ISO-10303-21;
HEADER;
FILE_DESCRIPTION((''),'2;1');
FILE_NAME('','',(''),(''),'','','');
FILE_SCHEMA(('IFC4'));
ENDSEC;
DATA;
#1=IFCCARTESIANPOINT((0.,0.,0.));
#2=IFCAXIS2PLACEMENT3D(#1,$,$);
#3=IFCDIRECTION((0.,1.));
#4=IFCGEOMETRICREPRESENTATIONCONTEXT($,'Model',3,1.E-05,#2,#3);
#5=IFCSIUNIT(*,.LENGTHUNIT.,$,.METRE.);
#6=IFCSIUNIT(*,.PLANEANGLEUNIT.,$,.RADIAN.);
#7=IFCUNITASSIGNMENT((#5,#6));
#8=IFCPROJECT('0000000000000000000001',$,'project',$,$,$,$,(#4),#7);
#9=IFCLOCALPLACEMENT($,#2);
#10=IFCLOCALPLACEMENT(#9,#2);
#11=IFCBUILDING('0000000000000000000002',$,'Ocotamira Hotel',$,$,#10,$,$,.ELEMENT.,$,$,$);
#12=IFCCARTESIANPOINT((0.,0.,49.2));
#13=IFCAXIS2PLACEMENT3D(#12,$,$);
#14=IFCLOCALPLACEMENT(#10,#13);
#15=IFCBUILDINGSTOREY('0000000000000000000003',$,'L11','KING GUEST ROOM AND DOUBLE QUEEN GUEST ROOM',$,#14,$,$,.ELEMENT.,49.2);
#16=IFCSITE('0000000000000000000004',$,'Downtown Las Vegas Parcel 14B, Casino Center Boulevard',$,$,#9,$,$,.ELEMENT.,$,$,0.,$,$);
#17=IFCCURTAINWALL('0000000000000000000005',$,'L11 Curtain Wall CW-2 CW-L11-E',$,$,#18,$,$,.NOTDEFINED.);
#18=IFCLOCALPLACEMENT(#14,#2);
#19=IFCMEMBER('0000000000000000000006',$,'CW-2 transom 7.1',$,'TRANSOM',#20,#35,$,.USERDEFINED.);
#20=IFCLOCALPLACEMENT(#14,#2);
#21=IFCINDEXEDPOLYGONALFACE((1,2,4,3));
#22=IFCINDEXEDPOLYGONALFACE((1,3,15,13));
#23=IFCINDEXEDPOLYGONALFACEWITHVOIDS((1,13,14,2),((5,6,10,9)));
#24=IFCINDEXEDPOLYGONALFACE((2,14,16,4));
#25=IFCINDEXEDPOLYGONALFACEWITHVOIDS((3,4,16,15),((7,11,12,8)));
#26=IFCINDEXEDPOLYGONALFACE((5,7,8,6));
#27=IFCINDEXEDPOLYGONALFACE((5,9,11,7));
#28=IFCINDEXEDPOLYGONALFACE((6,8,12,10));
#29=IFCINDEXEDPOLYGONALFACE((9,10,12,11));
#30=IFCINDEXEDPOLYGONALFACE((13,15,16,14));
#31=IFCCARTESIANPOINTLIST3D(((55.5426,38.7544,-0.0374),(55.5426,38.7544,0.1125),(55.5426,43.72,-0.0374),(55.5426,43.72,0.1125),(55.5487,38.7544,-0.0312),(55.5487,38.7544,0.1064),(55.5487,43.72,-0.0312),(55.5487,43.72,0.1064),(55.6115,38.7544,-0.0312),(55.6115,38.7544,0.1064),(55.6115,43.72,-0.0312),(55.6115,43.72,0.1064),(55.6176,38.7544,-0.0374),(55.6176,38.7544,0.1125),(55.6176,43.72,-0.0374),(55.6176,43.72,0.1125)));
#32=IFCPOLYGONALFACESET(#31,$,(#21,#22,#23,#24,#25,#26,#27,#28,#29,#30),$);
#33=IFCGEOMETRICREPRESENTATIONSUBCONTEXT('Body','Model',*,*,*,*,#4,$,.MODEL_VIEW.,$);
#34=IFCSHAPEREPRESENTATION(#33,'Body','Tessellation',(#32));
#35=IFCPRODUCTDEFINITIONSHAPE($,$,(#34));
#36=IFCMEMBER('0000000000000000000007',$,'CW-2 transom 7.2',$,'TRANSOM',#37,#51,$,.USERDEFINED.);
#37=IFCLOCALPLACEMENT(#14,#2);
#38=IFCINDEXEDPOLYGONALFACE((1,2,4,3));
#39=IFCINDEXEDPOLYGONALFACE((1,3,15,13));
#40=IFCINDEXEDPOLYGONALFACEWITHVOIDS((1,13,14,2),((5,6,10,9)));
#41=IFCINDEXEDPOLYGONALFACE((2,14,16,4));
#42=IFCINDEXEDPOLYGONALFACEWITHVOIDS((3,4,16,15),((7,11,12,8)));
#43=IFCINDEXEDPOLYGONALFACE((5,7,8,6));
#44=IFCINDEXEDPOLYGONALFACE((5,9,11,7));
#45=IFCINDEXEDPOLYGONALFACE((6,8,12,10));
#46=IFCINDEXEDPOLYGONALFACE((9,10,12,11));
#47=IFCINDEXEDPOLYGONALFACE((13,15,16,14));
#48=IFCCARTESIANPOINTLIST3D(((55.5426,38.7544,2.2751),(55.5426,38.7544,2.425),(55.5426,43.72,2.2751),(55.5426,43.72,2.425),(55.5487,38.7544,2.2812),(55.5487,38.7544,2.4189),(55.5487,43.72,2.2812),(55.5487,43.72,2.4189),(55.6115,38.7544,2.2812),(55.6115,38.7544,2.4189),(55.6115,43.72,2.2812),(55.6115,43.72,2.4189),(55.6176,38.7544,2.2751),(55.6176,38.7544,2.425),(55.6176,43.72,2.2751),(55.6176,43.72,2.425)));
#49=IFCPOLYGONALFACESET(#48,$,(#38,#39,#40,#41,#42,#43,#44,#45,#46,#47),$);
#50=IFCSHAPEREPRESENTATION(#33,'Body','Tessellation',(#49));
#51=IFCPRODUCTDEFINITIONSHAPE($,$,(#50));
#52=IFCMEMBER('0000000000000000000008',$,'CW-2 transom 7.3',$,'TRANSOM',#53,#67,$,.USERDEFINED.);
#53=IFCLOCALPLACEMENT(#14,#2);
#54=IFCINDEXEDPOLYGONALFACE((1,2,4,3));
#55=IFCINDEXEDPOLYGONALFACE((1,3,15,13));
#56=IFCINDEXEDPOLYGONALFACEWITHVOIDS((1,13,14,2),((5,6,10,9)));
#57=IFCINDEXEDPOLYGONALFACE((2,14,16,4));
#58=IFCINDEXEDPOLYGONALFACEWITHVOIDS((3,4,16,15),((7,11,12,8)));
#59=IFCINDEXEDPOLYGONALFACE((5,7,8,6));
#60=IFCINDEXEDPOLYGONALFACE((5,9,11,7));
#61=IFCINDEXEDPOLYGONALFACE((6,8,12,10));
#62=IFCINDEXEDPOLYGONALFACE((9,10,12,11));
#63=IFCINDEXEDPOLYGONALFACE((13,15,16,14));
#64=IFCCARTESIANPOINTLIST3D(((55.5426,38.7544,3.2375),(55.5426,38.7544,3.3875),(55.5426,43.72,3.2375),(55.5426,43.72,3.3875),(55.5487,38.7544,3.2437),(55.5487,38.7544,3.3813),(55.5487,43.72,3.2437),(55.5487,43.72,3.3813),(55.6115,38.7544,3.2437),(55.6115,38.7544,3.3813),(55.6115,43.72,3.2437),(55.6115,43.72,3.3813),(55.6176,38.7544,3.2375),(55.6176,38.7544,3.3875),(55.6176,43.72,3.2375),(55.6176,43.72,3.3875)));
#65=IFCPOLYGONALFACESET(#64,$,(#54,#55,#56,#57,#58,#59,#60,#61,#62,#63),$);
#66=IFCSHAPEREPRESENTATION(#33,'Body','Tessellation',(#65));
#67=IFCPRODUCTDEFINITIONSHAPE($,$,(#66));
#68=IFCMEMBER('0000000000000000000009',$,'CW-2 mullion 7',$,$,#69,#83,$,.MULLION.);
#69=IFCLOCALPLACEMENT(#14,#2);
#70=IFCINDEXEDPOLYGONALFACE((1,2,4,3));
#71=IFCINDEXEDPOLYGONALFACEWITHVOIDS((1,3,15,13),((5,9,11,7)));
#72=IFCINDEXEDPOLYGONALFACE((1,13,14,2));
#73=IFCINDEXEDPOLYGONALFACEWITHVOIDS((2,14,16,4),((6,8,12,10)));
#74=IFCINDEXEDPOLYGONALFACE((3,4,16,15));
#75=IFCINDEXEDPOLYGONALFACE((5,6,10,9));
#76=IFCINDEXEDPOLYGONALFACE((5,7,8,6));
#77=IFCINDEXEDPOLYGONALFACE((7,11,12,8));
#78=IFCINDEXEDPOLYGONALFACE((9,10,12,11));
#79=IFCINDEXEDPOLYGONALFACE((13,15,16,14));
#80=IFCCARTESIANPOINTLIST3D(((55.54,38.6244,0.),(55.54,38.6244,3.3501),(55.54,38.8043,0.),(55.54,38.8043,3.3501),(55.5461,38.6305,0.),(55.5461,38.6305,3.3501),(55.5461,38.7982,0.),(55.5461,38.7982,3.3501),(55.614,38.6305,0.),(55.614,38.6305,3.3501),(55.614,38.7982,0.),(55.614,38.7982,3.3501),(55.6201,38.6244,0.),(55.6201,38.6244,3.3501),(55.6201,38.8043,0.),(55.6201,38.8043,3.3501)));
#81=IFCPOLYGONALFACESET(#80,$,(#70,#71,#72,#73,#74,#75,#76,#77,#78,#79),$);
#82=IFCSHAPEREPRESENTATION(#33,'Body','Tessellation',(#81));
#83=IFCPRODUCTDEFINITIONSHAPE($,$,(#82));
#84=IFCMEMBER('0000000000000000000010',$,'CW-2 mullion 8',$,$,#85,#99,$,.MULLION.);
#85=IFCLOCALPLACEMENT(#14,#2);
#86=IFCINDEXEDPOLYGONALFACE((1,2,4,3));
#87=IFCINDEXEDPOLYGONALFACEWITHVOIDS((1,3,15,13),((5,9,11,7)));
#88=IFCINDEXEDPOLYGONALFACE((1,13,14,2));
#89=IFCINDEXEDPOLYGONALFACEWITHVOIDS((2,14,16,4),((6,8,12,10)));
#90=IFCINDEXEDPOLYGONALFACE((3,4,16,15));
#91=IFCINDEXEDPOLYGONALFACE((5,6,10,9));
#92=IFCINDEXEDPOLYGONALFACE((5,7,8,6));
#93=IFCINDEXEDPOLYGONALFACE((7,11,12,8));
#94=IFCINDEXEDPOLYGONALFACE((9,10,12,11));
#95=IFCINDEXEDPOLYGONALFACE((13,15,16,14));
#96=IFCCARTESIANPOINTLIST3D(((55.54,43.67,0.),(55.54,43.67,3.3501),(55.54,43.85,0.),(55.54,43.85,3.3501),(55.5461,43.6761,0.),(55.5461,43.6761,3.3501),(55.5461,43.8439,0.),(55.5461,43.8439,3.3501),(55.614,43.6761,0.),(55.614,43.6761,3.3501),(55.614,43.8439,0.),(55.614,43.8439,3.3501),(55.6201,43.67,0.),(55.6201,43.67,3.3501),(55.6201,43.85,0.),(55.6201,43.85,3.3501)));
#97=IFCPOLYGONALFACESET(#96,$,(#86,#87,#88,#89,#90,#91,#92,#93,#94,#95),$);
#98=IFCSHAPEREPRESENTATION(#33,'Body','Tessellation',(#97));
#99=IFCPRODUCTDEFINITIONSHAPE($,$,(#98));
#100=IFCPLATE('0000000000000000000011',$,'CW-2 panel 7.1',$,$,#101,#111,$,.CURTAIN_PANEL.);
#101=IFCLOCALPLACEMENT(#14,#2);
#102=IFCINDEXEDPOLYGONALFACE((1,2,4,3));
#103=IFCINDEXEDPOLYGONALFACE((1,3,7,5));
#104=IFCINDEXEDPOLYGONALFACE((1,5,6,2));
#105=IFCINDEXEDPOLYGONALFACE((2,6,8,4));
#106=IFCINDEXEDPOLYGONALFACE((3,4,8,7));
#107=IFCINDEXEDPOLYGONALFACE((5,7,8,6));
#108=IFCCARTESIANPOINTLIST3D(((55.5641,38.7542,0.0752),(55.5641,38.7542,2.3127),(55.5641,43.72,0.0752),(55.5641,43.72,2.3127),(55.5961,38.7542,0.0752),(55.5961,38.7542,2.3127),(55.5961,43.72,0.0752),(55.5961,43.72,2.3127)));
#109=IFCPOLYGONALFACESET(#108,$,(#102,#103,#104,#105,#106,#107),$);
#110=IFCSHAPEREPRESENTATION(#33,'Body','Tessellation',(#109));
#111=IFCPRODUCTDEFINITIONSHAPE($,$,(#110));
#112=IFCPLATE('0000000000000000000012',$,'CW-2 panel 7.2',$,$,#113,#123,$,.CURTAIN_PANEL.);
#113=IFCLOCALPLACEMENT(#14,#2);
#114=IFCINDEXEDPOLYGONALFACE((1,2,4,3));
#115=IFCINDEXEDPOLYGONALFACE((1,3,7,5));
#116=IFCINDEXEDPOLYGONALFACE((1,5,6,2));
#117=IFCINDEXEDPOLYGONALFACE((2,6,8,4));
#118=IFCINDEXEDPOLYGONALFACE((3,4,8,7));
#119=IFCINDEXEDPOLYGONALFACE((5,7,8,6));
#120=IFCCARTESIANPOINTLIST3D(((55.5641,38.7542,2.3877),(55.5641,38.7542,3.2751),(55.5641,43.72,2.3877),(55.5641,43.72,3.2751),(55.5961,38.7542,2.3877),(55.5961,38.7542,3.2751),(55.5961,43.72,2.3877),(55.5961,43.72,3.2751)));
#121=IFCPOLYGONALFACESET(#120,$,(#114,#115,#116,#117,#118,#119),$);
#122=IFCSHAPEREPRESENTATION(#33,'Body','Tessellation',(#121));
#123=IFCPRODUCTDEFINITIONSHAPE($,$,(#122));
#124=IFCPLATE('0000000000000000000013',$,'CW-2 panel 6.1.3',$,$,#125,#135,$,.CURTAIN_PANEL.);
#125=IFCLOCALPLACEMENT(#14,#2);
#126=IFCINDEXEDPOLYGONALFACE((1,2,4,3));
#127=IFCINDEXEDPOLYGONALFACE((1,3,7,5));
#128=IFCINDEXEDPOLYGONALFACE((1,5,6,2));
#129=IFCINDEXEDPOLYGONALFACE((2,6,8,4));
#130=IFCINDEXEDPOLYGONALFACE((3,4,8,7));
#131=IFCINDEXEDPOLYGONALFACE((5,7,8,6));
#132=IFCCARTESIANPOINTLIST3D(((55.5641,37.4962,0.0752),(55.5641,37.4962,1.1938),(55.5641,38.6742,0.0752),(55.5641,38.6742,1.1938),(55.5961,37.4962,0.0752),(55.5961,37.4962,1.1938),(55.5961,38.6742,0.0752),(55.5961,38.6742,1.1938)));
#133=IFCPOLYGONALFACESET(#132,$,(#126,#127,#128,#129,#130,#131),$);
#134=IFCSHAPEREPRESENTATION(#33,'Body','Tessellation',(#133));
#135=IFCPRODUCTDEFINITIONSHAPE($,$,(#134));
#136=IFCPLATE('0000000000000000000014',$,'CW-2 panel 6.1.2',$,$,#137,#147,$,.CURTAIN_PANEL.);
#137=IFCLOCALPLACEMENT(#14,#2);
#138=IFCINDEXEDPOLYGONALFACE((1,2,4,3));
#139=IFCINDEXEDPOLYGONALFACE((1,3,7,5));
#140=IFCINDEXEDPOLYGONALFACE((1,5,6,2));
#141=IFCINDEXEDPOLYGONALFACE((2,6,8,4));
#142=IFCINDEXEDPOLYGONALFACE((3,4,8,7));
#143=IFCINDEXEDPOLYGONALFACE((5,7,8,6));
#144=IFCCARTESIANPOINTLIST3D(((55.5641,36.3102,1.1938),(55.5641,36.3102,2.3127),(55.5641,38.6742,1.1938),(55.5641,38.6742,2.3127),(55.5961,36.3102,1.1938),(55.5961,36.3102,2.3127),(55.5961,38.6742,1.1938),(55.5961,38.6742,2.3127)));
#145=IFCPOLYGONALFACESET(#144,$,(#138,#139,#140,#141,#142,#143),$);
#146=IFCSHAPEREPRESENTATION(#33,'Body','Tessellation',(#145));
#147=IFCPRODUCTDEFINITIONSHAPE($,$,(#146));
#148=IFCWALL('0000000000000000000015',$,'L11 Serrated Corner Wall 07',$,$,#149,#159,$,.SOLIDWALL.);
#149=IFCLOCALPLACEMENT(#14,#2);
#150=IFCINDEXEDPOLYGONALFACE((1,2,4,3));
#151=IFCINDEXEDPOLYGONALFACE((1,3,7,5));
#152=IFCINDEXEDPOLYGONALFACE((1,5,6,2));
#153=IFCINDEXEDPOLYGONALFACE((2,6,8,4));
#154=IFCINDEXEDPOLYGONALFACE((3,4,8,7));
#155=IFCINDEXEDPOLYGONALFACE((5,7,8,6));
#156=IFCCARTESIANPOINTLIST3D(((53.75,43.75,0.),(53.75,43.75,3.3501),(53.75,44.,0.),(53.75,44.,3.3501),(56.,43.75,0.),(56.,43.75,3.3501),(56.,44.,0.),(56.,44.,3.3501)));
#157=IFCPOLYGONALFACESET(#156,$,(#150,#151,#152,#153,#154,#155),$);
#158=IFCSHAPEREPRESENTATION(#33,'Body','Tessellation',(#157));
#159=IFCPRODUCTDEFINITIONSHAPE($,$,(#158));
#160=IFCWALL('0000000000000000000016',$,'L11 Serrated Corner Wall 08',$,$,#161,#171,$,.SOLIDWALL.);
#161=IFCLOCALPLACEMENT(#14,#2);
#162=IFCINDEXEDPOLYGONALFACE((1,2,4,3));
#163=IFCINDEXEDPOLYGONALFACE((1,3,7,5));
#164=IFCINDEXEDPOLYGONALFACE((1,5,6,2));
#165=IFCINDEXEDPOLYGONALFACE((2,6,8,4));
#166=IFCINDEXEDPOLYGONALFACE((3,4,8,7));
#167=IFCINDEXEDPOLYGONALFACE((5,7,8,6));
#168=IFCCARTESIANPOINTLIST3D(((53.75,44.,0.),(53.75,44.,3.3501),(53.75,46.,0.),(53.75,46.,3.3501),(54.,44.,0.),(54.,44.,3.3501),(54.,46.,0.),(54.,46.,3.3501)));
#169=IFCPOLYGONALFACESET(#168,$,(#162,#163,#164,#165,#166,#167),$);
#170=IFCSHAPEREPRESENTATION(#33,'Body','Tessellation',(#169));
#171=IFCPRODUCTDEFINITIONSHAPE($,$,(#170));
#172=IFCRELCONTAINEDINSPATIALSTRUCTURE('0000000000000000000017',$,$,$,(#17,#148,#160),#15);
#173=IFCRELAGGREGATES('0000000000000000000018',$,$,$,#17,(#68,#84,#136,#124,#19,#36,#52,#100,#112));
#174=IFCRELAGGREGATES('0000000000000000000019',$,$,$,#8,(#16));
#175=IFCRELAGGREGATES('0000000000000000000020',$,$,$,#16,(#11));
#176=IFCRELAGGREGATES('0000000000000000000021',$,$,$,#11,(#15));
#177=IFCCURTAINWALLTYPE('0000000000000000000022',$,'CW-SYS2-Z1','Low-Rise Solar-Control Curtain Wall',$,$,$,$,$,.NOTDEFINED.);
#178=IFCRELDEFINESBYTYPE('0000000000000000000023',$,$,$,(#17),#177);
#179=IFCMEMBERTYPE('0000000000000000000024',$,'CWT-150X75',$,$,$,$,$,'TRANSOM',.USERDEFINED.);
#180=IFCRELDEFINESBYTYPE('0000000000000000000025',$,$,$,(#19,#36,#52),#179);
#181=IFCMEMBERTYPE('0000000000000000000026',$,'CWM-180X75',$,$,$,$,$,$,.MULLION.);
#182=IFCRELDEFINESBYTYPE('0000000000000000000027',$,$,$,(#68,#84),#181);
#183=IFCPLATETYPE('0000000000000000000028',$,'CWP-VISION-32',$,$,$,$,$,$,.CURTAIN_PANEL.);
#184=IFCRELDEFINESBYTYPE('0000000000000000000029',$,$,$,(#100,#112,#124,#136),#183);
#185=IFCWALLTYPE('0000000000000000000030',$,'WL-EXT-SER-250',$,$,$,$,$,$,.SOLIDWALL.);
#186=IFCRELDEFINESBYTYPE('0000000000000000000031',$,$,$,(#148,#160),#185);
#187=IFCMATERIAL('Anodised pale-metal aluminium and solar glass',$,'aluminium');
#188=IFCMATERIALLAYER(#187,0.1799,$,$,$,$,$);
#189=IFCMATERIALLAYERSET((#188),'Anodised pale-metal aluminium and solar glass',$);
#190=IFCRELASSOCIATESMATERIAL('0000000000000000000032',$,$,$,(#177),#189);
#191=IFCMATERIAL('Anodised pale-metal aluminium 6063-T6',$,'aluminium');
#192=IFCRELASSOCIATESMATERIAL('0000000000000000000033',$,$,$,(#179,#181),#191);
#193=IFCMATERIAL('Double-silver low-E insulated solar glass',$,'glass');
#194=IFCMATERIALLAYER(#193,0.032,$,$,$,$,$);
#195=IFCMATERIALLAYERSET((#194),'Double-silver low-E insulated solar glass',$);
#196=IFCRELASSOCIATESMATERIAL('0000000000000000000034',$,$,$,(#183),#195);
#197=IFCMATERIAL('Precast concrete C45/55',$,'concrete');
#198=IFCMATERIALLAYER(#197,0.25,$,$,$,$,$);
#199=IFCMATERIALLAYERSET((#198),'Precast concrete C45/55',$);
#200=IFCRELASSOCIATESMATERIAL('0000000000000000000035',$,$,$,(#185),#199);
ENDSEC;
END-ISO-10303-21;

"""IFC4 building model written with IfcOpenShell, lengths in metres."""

from ifc_helpers import new_model, si_unit, direction, frame, frame_2d, origin, origin_2d, place, context, subcontext, project, spatial, rectangle, hollow_rectangle, extrude, source, transform, mapped, material, layer, layer_set, material_profile, profile_set, type_object, element, aggregate, save


model = new_model("IFC4")

# Units and contexts
model_context = context("Model", 3, precision=1e-05, world=origin(), true_north=direction((0.0, 1.0)))
body_context = subcontext(model_context, "Body", "Model", "MODEL_VIEW")
ifc_project = project(units=[si_unit("LENGTHUNIT", "METRE"), si_unit("PLANEANGLEUNIT", "RADIAN")], contexts=[model_context])

# Site, building, storey
site_placement = place(None, origin())
site = spatial("IfcSite", under=ifc_project, at=site_placement, Name="Downtown Las Vegas Parcel 14B, Casino Center Boulevard", CompositionType="ELEMENT", RefElevation=0.0)
building_placement = place(site_placement, origin())
building = spatial("IfcBuilding", under=site, at=building_placement, Name="Ocotamira Hotel", CompositionType="ELEMENT")
storey_placement = place(building_placement, frame((0.0, 0.0, 49.2)))
storey = spatial("IfcBuildingStorey", under=building, at=storey_placement, Name="L11", Description="KING GUEST ROOM AND DOUBLE QUEEN GUEST ROOM", CompositionType="ELEMENT", Elevation=49.2)

# Curtain wall, members, plates
ifc_material_1 = material(Name="Anodised pale-metal aluminium and solar glass", Category="aluminium")
ifc_layer_1 = layer(ifc_material_1, 0.1799)
ifc_layer_set_1 = layer_set([ifc_layer_1], Name="Anodised pale-metal aluminium and solar glass")
curtain_wall_type = type_object("IfcCurtainWallType", Name="CW-SYS2-Z1", Description="Low-Rise Solar-Control Curtain Wall", PredefinedType="NOTDEFINED", material=ifc_layer_set_1)
curtain_wall_placement = place(storey_placement, origin())
curtain_wall = element("IfcCurtainWall", 1, at=curtain_wall_placement, inside=storey, type_object=curtain_wall_type, Name="L11 Curtain Wall CW-2 CW-L11-E", PredefinedType="NOTDEFINED")
ifc_material_2 = material(Name="Anodised pale-metal aluminium 6063-T6", Category="aluminium")
ifc_material_profile_1 = material_profile(ifc_material_2, hollow_rectangle(XDim=0.075, YDim=0.1499, WallThickness=0.0061, at=origin_2d()), Name="HSS150X75X6")
ifc_profile_set_1 = profile_set([ifc_material_profile_1], Name="Anodised pale-metal aluminium 6063-T6")
member_type_1 = type_object("IfcMemberType", Name="CWT-150X75", ElementType="TRANSOM", PredefinedType="USERDEFINED", material=ifc_profile_set_1)
shared_shape_1 = source(origin(), body_context, "Body", "SweptSolid", [
    extrude(hollow_rectangle(XDim=0.075, YDim=0.1499, WallThickness=0.0061, at=origin_2d()), origin(), (0.0, 0.0, 1.0), 4.9656),
])
member_1_placement = place(storey_placement, frame((55.5801, 38.7544, 0.0376), z_axis=(0.0, 1.0, 0.0), x_axis=(-1.0, 0.0, 0.0)))
member_1 = element("IfcMember", 2, at=member_1_placement, type_object=member_type_1, Name="CW-2 transom 7.1", ObjectType="TRANSOM", PredefinedType="USERDEFINED", context=body_context, shape_type="MappedRepresentation", body=[
    mapped(shared_shape_1, transform((0.0, 0.0, 0.0), scale=1.0)),
])
member_2_placement = place(storey_placement, frame((55.5801, 38.7544, 2.3501), z_axis=(0.0, 1.0, 0.0), x_axis=(-1.0, 0.0, 0.0)))
member_2 = element("IfcMember", 3, at=member_2_placement, type_object=member_type_1, Name="CW-2 transom 7.2", ObjectType="TRANSOM", PredefinedType="USERDEFINED", context=body_context, shape_type="MappedRepresentation", body=[
    mapped(shared_shape_1, transform((0.0, 0.0, 0.0), scale=1.0)),
])
member_3_placement = place(storey_placement, frame((55.5801, 38.7544, 3.3125), z_axis=(0.0, 1.0, 0.0), x_axis=(-1.0, 0.0, 0.0)))
member_3 = element("IfcMember", 4, at=member_3_placement, type_object=member_type_1, Name="CW-2 transom 7.3", ObjectType="TRANSOM", PredefinedType="USERDEFINED", context=body_context, shape_type="MappedRepresentation", body=[
    mapped(shared_shape_1, transform((0.0, 0.0, 0.0), scale=1.0)),
])
ifc_material_profile_2 = material_profile(ifc_material_2, hollow_rectangle(XDim=0.0801, YDim=0.1799, WallThickness=0.0061, at=origin_2d()), Name="HSS180X80X6")
ifc_profile_set_2 = profile_set([ifc_material_profile_2], Name="Anodised pale-metal aluminium 6063-T6")
member_type_2 = type_object("IfcMemberType", Name="CWM-180X75", PredefinedType="MULLION", material=ifc_profile_set_2)
shared_shape_2 = source(origin(), body_context, "Body", "SweptSolid", [
    extrude(hollow_rectangle(XDim=0.0801, YDim=0.1799, WallThickness=0.0061, at=origin_2d()), origin(), (0.0, 0.0, 1.0), 3.3501),
])
member_4_placement = place(storey_placement, frame((55.5801, 38.7144, 0.0), z_axis=(0.0, 0.0, 1.0), x_axis=(-1.0, 0.0, 0.0)))
member_4 = element("IfcMember", 5, at=member_4_placement, type_object=member_type_2, Name="CW-2 mullion 7", PredefinedType="MULLION", context=body_context, shape_type="MappedRepresentation", body=[
    mapped(shared_shape_2, transform((0.0, 0.0, 0.0), scale=1.0)),
])
member_5_placement = place(storey_placement, frame((55.5801, 43.76, 0.0), z_axis=(0.0, 0.0, 1.0), x_axis=(-1.0, 0.0, 0.0)))
member_5 = element("IfcMember", 6, at=member_5_placement, type_object=member_type_2, Name="CW-2 mullion 8", PredefinedType="MULLION", context=body_context, shape_type="MappedRepresentation", body=[
    mapped(shared_shape_2, transform((0.0, 0.0, 0.0), scale=1.0)),
])
ifc_material_3 = material(Name="Double-silver low-E insulated solar glass", Category="glass")
ifc_layer_2 = layer(ifc_material_3, 0.032)
ifc_layer_set_2 = layer_set([ifc_layer_2], Name="Double-silver low-E insulated solar glass")
plate_type = type_object("IfcPlateType", Name="CWP-VISION-32", PredefinedType="CURTAIN_PANEL", material=ifc_layer_set_2)
shared_shape_3 = source(origin(), body_context, "Body", "SweptSolid", [
    extrude(rectangle(XDim=4.9658, YDim=0.032, at=origin_2d()), origin(), (0.0, 0.0, 1.0), 2.2375),
])
plate_1_placement = place(storey_placement, frame((55.5801, 41.2371, 0.0752), z_axis=(0.0, 0.0, 1.0), x_axis=(0.0, 1.0, 0.0)))
plate_1 = element("IfcPlate", 7, at=plate_1_placement, type_object=plate_type, Name="CW-2 panel 7.1", PredefinedType="CURTAIN_PANEL", context=body_context, shape_type="MappedRepresentation", body=[
    mapped(shared_shape_3, transform((0.0, 0.0, 0.0), scale=1.0)),
])
shared_shape_4 = source(origin(), body_context, "Body", "SweptSolid", [
    extrude(rectangle(XDim=4.9658, YDim=0.032, at=origin_2d()), origin(), (0.0, 0.0, 1.0), 0.8875),
])
plate_2_placement = place(storey_placement, frame((55.5801, 41.2371, 2.3877), z_axis=(0.0, 0.0, 1.0), x_axis=(0.0, 1.0, 0.0)))
plate_2 = element("IfcPlate", 8, at=plate_2_placement, type_object=plate_type, Name="CW-2 panel 7.2", PredefinedType="CURTAIN_PANEL", context=body_context, shape_type="MappedRepresentation", body=[
    mapped(shared_shape_4, transform((0.0, 0.0, 0.0), scale=1.0)),
])
shared_shape_5 = source(origin(), body_context, "Body", "SweptSolid", [
    extrude(rectangle(XDim=1.178, YDim=0.032, at=origin_2d()), origin(), (0.0, 0.0, 1.0), 1.1187),
])
plate_3_placement = place(storey_placement, frame((55.5801, 38.0852, 0.0752), z_axis=(0.0, 0.0, 1.0), x_axis=(0.0, 1.0, 0.0)))
plate_3 = element("IfcPlate", 9, at=plate_3_placement, type_object=plate_type, Name="CW-2 panel 6.1.3", PredefinedType="CURTAIN_PANEL", context=body_context, shape_type="MappedRepresentation", body=[
    mapped(shared_shape_5, transform((0.0, 0.0, 0.0), scale=1.0)),
])
shared_shape_6 = source(origin(), body_context, "Body", "SweptSolid", [
    extrude(rectangle(XDim=2.364, YDim=0.032, at=origin_2d()), origin(), (0.0, 0.0, 1.0), 1.1189),
])
plate_4_placement = place(storey_placement, frame((55.5801, 37.4922, 1.1938), z_axis=(0.0, 0.0, 1.0), x_axis=(0.0, 1.0, 0.0)))
plate_4 = element("IfcPlate", 10, at=plate_4_placement, type_object=plate_type, Name="CW-2 panel 6.1.2", PredefinedType="CURTAIN_PANEL", context=body_context, shape_type="MappedRepresentation", body=[
    mapped(shared_shape_6, transform((0.0, 0.0, 0.0), scale=1.0)),
])
aggregate(curtain_wall, [member_4, member_5, plate_4, plate_3, member_1, member_2, member_3, plate_1, plate_2])

# Walls
ifc_material_4 = material(Name="Precast concrete C45/55", Category="concrete")
ifc_layer_3 = layer(ifc_material_4, 0.25)
ifc_layer_set_3 = layer_set([ifc_layer_3], Name="Precast concrete C45/55")
wall_type_1 = type_object("IfcWallType", Name="WL-EXT-SER-250", PredefinedType="SOLIDWALL", material=ifc_layer_set_3)
wall_1_placement = place(storey_placement, frame((56.0, 43.875, 0.0), z_axis=(0.0, 0.0, 1.0), x_axis=(-1.0, 0.0, 0.0)))
element("IfcWall", 11, at=wall_1_placement, inside=storey, type_object=wall_type_1, Name="L11 Serrated Corner Wall 07", PredefinedType="SOLIDWALL", context=body_context, shape_type="SweptSolid", body=[
    extrude(rectangle(XDim=2.25, YDim=0.25, at=frame_2d((1.125, 0.0))), origin(), (0.0, 0.0, 1.0), 3.3501),
])
wall_2_placement = place(storey_placement, frame((53.875, 44.0, 0.0), z_axis=(0.0, 0.0, 1.0), x_axis=(0.0, 1.0, 0.0)))
element("IfcWall", 12, at=wall_2_placement, inside=storey, type_object=wall_type_1, Name="L11 Serrated Corner Wall 08", PredefinedType="SOLIDWALL", context=body_context, shape_type="SweptSolid", body=[
    extrude(rectangle(XDim=2.0, YDim=0.25, at=frame_2d((1.0, 0.0))), origin(), (0.0, 0.0, 1.0), 3.3501),
])

save(model, "model.ifc")
